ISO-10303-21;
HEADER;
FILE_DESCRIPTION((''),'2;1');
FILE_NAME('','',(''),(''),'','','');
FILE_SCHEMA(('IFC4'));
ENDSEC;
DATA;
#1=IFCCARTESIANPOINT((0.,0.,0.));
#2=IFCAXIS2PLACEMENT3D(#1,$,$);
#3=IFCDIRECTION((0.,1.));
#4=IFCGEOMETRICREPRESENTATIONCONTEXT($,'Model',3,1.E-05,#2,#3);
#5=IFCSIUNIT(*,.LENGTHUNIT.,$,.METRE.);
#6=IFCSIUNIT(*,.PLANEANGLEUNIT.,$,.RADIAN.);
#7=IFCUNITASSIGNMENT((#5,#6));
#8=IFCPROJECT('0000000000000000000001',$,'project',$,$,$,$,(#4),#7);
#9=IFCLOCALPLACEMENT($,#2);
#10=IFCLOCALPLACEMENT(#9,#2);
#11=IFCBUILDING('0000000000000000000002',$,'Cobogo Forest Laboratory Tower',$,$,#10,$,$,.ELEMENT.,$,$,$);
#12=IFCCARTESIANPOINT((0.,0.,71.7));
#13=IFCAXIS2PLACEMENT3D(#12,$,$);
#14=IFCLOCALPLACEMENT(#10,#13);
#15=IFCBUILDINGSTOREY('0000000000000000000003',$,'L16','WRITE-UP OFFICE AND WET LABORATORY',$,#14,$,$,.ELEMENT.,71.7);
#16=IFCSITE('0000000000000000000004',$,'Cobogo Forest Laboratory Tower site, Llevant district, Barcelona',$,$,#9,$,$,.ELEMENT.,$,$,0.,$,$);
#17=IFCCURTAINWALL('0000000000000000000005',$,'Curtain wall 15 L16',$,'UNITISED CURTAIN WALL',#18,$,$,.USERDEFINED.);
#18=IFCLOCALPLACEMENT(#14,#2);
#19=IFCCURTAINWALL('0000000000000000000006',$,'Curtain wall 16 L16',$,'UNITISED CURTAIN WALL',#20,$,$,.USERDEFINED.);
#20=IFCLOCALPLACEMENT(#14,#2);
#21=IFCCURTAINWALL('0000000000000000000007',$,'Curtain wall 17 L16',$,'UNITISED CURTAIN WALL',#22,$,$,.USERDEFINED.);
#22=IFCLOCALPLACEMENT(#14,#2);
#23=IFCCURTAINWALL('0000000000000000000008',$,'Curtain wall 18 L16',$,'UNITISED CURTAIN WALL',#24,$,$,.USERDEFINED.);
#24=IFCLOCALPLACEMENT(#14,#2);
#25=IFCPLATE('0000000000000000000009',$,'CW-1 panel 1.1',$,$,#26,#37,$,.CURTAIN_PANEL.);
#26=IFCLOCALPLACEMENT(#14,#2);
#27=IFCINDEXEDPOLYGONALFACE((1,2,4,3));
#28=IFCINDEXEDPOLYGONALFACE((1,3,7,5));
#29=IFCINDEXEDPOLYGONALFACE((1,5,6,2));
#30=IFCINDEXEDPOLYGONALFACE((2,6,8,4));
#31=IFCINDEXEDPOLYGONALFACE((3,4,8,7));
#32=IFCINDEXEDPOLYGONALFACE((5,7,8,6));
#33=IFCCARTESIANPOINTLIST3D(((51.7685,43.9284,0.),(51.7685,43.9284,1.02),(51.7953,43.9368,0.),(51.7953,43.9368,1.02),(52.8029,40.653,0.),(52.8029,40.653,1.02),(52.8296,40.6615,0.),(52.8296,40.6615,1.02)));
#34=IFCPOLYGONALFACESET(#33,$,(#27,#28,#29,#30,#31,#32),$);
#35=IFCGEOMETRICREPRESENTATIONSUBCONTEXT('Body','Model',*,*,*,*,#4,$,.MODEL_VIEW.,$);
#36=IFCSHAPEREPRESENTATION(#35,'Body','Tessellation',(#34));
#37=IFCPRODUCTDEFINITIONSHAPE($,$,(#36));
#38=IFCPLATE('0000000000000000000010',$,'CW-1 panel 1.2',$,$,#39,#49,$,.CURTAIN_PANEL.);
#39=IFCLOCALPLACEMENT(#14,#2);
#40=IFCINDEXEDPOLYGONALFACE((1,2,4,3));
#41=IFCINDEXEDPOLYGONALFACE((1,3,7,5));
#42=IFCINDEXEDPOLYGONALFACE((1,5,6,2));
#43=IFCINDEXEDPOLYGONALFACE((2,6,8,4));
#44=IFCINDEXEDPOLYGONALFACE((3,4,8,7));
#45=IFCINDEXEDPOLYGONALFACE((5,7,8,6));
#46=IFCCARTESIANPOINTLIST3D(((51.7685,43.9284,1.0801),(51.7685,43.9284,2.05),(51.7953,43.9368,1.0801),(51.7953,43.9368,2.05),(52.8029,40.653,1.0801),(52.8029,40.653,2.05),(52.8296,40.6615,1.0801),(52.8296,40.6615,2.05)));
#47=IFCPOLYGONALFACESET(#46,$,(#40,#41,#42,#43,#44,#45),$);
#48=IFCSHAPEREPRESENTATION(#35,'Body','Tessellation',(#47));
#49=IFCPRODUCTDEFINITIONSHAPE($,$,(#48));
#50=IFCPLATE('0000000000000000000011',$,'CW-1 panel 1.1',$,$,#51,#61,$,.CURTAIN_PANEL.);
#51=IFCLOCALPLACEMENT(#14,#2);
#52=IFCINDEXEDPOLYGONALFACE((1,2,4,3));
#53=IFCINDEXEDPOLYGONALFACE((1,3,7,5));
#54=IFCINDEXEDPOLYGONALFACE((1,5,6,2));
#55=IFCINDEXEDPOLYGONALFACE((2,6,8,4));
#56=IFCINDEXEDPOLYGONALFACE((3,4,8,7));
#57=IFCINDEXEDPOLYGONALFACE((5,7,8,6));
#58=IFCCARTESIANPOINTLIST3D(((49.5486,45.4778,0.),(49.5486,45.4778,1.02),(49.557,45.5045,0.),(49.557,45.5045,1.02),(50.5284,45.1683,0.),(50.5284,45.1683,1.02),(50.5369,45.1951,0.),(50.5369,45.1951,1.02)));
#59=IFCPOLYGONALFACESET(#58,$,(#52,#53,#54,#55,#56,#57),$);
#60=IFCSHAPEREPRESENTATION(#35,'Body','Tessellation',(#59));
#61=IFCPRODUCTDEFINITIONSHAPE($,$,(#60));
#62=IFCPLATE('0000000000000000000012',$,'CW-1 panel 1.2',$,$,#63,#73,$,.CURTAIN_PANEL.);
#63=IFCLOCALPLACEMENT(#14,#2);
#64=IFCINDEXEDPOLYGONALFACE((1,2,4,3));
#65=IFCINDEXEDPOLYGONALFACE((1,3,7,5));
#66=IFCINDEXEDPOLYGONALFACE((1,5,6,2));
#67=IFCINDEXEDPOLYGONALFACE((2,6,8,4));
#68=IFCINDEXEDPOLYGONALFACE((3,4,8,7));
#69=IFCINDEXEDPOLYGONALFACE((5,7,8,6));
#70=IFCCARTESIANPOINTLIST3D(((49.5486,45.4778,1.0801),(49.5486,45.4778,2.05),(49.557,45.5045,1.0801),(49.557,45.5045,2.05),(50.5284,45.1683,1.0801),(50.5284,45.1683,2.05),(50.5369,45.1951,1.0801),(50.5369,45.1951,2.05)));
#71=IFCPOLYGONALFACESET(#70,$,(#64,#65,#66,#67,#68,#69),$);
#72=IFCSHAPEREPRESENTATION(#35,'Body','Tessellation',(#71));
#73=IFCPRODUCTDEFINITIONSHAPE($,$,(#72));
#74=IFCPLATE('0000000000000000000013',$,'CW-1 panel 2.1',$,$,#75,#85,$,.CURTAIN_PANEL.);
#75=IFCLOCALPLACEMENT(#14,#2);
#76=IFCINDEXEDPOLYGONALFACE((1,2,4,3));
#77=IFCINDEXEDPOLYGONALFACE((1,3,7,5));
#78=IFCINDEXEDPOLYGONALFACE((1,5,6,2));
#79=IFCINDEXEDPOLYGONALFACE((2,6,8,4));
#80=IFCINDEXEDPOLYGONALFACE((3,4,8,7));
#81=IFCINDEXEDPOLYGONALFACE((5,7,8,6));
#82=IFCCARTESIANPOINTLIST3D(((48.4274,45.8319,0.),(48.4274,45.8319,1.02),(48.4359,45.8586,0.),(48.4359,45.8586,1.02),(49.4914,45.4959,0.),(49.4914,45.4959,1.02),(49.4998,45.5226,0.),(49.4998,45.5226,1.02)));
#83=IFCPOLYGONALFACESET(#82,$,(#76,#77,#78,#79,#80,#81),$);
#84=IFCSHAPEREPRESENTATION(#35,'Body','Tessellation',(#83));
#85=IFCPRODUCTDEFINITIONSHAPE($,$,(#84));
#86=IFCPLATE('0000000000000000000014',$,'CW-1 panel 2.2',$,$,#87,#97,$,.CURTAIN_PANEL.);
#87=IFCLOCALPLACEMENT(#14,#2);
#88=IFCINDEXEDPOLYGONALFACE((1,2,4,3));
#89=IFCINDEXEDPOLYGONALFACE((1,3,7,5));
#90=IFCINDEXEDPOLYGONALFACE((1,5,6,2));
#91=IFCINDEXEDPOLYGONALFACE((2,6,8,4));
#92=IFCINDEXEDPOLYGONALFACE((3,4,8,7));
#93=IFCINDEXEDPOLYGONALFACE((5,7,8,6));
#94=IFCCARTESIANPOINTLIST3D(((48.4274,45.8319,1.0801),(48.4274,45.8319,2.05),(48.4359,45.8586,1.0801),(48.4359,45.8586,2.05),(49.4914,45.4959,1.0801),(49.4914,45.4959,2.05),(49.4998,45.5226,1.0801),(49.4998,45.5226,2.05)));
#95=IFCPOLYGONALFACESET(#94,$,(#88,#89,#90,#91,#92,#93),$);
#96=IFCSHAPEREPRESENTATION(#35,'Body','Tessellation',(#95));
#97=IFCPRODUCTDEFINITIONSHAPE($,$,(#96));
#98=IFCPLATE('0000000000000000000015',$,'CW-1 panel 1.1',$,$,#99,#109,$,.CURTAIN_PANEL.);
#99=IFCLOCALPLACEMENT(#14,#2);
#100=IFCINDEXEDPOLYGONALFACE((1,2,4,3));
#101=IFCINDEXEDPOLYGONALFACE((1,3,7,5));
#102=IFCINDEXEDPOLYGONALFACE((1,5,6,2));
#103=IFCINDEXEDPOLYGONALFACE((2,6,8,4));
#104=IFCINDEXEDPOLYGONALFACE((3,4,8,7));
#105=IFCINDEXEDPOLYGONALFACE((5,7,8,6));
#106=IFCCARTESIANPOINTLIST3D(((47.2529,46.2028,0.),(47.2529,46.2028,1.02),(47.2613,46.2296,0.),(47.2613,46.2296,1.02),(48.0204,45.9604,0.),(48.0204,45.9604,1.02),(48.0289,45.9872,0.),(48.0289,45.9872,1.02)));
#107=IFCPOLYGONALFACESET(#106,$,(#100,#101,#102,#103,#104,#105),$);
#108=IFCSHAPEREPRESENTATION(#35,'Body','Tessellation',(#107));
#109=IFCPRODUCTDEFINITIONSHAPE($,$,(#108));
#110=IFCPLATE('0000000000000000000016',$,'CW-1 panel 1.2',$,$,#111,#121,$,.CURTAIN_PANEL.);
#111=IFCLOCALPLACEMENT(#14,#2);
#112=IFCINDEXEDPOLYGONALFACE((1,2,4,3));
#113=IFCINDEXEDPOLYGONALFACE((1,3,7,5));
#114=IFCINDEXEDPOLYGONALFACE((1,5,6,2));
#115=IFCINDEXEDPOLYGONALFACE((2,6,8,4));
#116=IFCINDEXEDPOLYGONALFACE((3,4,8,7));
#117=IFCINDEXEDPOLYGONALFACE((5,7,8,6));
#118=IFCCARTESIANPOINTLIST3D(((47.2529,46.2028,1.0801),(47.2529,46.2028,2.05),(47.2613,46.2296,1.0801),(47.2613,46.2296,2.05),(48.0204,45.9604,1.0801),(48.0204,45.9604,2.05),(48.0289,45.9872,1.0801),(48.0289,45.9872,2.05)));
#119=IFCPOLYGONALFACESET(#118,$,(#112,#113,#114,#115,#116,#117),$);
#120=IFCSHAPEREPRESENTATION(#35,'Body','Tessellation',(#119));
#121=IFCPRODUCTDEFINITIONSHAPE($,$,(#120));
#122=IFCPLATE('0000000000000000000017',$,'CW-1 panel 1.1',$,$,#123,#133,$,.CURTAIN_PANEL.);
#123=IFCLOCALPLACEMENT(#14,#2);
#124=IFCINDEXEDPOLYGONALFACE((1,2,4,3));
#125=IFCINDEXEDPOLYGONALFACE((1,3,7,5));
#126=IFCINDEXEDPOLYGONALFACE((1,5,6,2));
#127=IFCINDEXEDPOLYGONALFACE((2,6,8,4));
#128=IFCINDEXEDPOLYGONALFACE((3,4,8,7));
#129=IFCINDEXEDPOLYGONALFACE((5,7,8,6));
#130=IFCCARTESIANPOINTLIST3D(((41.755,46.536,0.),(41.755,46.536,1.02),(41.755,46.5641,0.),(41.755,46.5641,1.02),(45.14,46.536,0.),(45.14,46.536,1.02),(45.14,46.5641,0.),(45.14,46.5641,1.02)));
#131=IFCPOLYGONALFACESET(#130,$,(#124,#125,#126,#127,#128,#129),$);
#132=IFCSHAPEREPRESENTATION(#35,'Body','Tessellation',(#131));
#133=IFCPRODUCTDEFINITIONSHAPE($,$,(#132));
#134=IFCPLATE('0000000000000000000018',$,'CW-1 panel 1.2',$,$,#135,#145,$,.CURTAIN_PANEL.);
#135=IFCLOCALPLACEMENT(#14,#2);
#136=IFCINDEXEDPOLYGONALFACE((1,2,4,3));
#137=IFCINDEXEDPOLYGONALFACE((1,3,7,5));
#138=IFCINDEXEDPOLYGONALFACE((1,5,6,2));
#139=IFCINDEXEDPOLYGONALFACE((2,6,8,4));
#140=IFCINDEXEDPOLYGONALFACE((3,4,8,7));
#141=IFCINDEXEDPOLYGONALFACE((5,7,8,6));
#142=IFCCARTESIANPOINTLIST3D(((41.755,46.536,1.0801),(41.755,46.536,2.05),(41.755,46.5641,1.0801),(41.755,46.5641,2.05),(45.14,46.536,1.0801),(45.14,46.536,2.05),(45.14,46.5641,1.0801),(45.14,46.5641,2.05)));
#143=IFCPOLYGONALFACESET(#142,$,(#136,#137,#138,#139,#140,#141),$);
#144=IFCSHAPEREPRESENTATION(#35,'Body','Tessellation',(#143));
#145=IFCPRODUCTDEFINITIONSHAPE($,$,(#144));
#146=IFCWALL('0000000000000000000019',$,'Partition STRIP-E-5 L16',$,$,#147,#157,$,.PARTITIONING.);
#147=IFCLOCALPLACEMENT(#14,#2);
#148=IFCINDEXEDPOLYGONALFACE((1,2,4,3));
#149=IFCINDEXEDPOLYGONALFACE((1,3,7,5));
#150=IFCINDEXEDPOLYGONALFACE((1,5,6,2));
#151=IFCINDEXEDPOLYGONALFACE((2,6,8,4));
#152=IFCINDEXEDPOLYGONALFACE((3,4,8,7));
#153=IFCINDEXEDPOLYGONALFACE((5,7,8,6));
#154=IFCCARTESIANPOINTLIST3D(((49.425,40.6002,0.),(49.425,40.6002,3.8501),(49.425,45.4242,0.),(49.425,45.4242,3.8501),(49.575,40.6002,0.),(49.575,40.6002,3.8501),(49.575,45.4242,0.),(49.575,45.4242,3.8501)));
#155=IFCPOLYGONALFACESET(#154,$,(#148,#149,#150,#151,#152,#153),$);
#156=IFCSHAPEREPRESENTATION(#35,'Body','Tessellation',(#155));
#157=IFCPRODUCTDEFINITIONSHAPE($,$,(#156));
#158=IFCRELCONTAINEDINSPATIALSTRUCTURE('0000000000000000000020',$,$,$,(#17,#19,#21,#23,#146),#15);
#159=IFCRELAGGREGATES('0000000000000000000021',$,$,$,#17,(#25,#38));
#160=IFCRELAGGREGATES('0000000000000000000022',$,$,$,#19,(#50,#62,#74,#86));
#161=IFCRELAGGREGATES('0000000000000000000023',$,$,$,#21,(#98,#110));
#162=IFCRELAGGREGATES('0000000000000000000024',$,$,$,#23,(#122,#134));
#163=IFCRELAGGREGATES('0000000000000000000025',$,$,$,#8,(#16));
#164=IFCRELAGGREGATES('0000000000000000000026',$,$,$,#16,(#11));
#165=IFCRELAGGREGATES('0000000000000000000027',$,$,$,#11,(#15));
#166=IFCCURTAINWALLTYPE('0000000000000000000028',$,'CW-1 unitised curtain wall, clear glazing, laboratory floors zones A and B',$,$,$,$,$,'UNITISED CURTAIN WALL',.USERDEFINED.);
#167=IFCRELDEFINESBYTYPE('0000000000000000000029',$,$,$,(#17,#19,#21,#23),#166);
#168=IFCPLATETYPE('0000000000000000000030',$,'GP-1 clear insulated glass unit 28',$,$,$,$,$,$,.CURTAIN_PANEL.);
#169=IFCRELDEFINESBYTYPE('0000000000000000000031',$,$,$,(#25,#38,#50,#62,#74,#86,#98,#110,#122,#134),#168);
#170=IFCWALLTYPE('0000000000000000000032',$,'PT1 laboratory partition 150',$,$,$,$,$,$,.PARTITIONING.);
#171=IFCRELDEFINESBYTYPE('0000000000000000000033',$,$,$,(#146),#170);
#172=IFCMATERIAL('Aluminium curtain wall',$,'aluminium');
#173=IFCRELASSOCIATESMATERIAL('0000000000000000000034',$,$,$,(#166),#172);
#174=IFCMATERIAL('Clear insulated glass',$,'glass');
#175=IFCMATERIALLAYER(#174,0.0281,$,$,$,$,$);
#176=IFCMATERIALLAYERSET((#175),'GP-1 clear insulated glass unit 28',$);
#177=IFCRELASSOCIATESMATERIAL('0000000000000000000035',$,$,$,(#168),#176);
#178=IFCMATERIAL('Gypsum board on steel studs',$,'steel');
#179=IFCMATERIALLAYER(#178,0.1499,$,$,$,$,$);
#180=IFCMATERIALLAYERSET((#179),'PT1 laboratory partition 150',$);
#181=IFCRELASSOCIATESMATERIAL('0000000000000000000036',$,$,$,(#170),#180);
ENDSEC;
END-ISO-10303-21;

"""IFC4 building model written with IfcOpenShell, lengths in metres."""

from ifc_helpers import new_model, si_unit, direction, frame, frame_2d, origin, origin_2d, place, context, subcontext, project, spatial, rectangle, extrude, material, layer, layer_set, type_object, element, aggregate, save


model = new_model("IFC4")

# Units and contexts
model_context = context("Model", 3, precision=1e-05, world=origin(), true_north=direction((0.0, 1.0)))
body_context = subcontext(model_context, "Body", "Model", "MODEL_VIEW")
ifc_project = project(units=[si_unit("LENGTHUNIT", "METRE"), si_unit("PLANEANGLEUNIT", "RADIAN")], contexts=[model_context])

# Site, building, storey
site_placement = place(None, origin())
site = spatial("IfcSite", under=ifc_project, at=site_placement, Name="Cobogo Forest Laboratory Tower site, Llevant district, Barcelona", CompositionType="ELEMENT", RefElevation=0.0)
building_placement = place(site_placement, origin())
building = spatial("IfcBuilding", under=site, at=building_placement, Name="Cobogo Forest Laboratory Tower", CompositionType="ELEMENT")
storey_placement = place(building_placement, frame((0.0, 0.0, 71.7)))
storey = spatial("IfcBuildingStorey", under=building, at=storey_placement, Name="L16", Description="WRITE-UP OFFICE AND WET LABORATORY", CompositionType="ELEMENT", Elevation=71.7)

# Curtain walls
ifc_material_1 = material(Name="Aluminium curtain wall", Category="aluminium")
curtain_wall_type = type_object("IfcCurtainWallType", Name="CW-1 unitised curtain wall, clear glazing, laboratory floors zones A and B", ElementType="UNITISED CURTAIN WALL", PredefinedType="USERDEFINED", material=ifc_material_1)
curtain_wall_1_placement = place(storey_placement, origin())
curtain_wall_1 = element("IfcCurtainWall", 1, at=curtain_wall_1_placement, inside=storey, type_object=curtain_wall_type, Name="Curtain wall 15 L16", ObjectType="UNITISED CURTAIN WALL", PredefinedType="USERDEFINED")
curtain_wall_2_placement = place(storey_placement, origin())
curtain_wall_2 = element("IfcCurtainWall", 2, at=curtain_wall_2_placement, inside=storey, type_object=curtain_wall_type, Name="Curtain wall 16 L16", ObjectType="UNITISED CURTAIN WALL", PredefinedType="USERDEFINED")
curtain_wall_3_placement = place(storey_placement, origin())
curtain_wall_3 = element("IfcCurtainWall", 3, at=curtain_wall_3_placement, inside=storey, type_object=curtain_wall_type, Name="Curtain wall 17 L16", ObjectType="UNITISED CURTAIN WALL", PredefinedType="USERDEFINED")

# Curtain wall
curtain_wall_4_placement = place(storey_placement, origin())
curtain_wall_4 = element("IfcCurtainWall", 4, at=curtain_wall_4_placement, inside=storey, type_object=curtain_wall_type, Name="Curtain wall 18 L16", ObjectType="UNITISED CURTAIN WALL", PredefinedType="USERDEFINED")

# Plates
ifc_material_2 = material(Name="Clear insulated glass", Category="glass")
ifc_layer_1 = layer(ifc_material_2, 0.0281)
ifc_layer_set_1 = layer_set([ifc_layer_1], Name="GP-1 clear insulated glass unit 28")
plate_type = type_object("IfcPlateType", Name="GP-1 clear insulated glass unit 28", PredefinedType="CURTAIN_PANEL", material=ifc_layer_set_1)
plate_1_placement = place(storey_placement, frame((52.2991, 42.2949, 0.0), z_axis=(0.0, 0.0, 1.0), x_axis=(-0.301135, 0.953581, 0.0)))
plate_1 = element("IfcPlate", 5, at=plate_1_placement, type_object=plate_type, Name="CW-1 panel 1.1", PredefinedType="CURTAIN_PANEL", context=body_context, shape_type="SweptSolid", body=[
    extrude(rectangle(XDim=3.4348, YDim=0.0281, at=origin_2d()), origin(), (0.0, 0.0, 1.0), 1.02),
])
plate_2_placement = place(storey_placement, frame((52.2991, 42.2949, 1.0801), z_axis=(0.0, 0.0, 1.0), x_axis=(-0.301135, 0.953581, 0.0)))
plate_2 = element("IfcPlate", 6, at=plate_2_placement, type_object=plate_type, Name="CW-1 panel 1.2", PredefinedType="CURTAIN_PANEL", context=body_context, shape_type="SweptSolid", body=[
    extrude(rectangle(XDim=3.4348, YDim=0.0281, at=origin_2d()), origin(), (0.0, 0.0, 1.0), 0.97),
])
aggregate(curtain_wall_1, [plate_1, plate_2])
plate_3_placement = place(storey_placement, frame((50.0427, 45.3364, 0.0), z_axis=(0.0, 0.0, 1.0), x_axis=(-0.953581, 0.301135, 0.0)))
plate_3 = element("IfcPlate", 7, at=plate_3_placement, type_object=plate_type, Name="CW-1 panel 1.1", PredefinedType="CURTAIN_PANEL", context=body_context, shape_type="SweptSolid", body=[
    extrude(rectangle(XDim=1.0276, YDim=0.0281, at=origin_2d()), origin(), (0.0, 0.0, 1.0), 1.02),
])
plate_4_placement = place(storey_placement, frame((50.0427, 45.3364, 1.0801), z_axis=(0.0, 0.0, 1.0), x_axis=(-0.953581, 0.301135, 0.0)))
plate_4 = element("IfcPlate", 8, at=plate_4_placement, type_object=plate_type, Name="CW-1 panel 1.2", PredefinedType="CURTAIN_PANEL", context=body_context, shape_type="SweptSolid", body=[
    extrude(rectangle(XDim=1.0276, YDim=0.0281, at=origin_2d()), origin(), (0.0, 0.0, 1.0), 0.97),
])
plate_5_placement = place(storey_placement, frame((48.9636, 45.6772, 0.0), z_axis=(0.0, 0.0, 1.0), x_axis=(-0.953581, 0.301135, 0.0)))
plate_5 = element("IfcPlate", 9, at=plate_5_placement, type_object=plate_type, Name="CW-1 panel 2.1", PredefinedType="CURTAIN_PANEL", context=body_context, shape_type="SweptSolid", body=[
    extrude(rectangle(XDim=1.1157, YDim=0.0281, at=origin_2d()), origin(), (0.0, 0.0, 1.0), 1.02),
])
plate_6_placement = place(storey_placement, frame((48.9636, 45.6772, 1.0801), z_axis=(0.0, 0.0, 1.0), x_axis=(-0.953581, 0.301135, 0.0)))
plate_6 = element("IfcPlate", 10, at=plate_6_placement, type_object=plate_type, Name="CW-1 panel 2.2", PredefinedType="CURTAIN_PANEL", context=body_context, shape_type="SweptSolid", body=[
    extrude(rectangle(XDim=1.1157, YDim=0.0281, at=origin_2d()), origin(), (0.0, 0.0, 1.0), 0.97),
])
aggregate(curtain_wall_2, [plate_3, plate_4, plate_5, plate_6])
plate_7_placement = place(storey_placement, frame((47.6409, 46.095, 0.0), z_axis=(0.0, 0.0, 1.0), x_axis=(-0.953581, 0.301135, 0.0)))
plate_7 = element("IfcPlate", 11, at=plate_7_placement, type_object=plate_type, Name="CW-1 panel 1.1", PredefinedType="CURTAIN_PANEL", context=body_context, shape_type="SweptSolid", body=[
    extrude(rectangle(XDim=0.8049, YDim=0.0281, at=origin_2d()), origin(), (0.0, 0.0, 1.0), 1.02),
])
plate_8_placement = place(storey_placement, frame((47.6409, 46.095, 1.0801), z_axis=(0.0, 0.0, 1.0), x_axis=(-0.953581, 0.301135, 0.0)))
plate_8 = element("IfcPlate", 12, at=plate_8_placement, type_object=plate_type, Name="CW-1 panel 1.2", PredefinedType="CURTAIN_PANEL", context=body_context, shape_type="SweptSolid", body=[
    extrude(rectangle(XDim=0.8049, YDim=0.0281, at=origin_2d()), origin(), (0.0, 0.0, 1.0), 0.97),
])
aggregate(curtain_wall_3, [plate_7, plate_8])
plate_9_placement = place(storey_placement, frame((43.4475, 46.55, 0.0), z_axis=(0.0, 0.0, 1.0), x_axis=(-1.0, 0.0, 0.0)))
plate_9 = element("IfcPlate", 13, at=plate_9_placement, type_object=plate_type, Name="CW-1 panel 1.1", PredefinedType="CURTAIN_PANEL", context=body_context, shape_type="SweptSolid", body=[
    extrude(rectangle(XDim=3.385, YDim=0.0281, at=origin_2d()), origin(), (0.0, 0.0, 1.0), 1.02),
])
plate_10_placement = place(storey_placement, frame((43.4475, 46.55, 1.0801), z_axis=(0.0, 0.0, 1.0), x_axis=(-1.0, 0.0, 0.0)))
plate_10 = element("IfcPlate", 14, at=plate_10_placement, type_object=plate_type, Name="CW-1 panel 1.2", PredefinedType="CURTAIN_PANEL", context=body_context, shape_type="SweptSolid", body=[
    extrude(rectangle(XDim=3.385, YDim=0.0281, at=origin_2d()), origin(), (0.0, 0.0, 1.0), 0.97),
])
aggregate(curtain_wall_4, [plate_9, plate_10])

# Wall
ifc_material_3 = material(Name="Gypsum board on steel studs", Category="steel")
ifc_layer_2 = layer(ifc_material_3, 0.1499)
ifc_layer_set_2 = layer_set([ifc_layer_2], Name="PT1 laboratory partition 150")
wall_type = type_object("IfcWallType", Name="PT1 laboratory partition 150", PredefinedType="PARTITIONING", material=ifc_layer_set_2)
wall_placement = place(storey_placement, frame((49.5, 40.6001, 0.0), z_axis=(0.0, 0.0, 1.0), x_axis=(0.0, 1.0, 0.0)))
element("IfcWall", 15, at=wall_placement, inside=storey, type_object=wall_type, Name="Partition STRIP-E-5 L16", PredefinedType="PARTITIONING", context=body_context, shape_type="SweptSolid", body=[
    extrude(rectangle(XDim=4.824, YDim=0.1499, at=frame_2d((2.4121, 0.0))), origin(), (0.0, 0.0, 1.0), 3.8501),
])

save(model, "model.ifc")
